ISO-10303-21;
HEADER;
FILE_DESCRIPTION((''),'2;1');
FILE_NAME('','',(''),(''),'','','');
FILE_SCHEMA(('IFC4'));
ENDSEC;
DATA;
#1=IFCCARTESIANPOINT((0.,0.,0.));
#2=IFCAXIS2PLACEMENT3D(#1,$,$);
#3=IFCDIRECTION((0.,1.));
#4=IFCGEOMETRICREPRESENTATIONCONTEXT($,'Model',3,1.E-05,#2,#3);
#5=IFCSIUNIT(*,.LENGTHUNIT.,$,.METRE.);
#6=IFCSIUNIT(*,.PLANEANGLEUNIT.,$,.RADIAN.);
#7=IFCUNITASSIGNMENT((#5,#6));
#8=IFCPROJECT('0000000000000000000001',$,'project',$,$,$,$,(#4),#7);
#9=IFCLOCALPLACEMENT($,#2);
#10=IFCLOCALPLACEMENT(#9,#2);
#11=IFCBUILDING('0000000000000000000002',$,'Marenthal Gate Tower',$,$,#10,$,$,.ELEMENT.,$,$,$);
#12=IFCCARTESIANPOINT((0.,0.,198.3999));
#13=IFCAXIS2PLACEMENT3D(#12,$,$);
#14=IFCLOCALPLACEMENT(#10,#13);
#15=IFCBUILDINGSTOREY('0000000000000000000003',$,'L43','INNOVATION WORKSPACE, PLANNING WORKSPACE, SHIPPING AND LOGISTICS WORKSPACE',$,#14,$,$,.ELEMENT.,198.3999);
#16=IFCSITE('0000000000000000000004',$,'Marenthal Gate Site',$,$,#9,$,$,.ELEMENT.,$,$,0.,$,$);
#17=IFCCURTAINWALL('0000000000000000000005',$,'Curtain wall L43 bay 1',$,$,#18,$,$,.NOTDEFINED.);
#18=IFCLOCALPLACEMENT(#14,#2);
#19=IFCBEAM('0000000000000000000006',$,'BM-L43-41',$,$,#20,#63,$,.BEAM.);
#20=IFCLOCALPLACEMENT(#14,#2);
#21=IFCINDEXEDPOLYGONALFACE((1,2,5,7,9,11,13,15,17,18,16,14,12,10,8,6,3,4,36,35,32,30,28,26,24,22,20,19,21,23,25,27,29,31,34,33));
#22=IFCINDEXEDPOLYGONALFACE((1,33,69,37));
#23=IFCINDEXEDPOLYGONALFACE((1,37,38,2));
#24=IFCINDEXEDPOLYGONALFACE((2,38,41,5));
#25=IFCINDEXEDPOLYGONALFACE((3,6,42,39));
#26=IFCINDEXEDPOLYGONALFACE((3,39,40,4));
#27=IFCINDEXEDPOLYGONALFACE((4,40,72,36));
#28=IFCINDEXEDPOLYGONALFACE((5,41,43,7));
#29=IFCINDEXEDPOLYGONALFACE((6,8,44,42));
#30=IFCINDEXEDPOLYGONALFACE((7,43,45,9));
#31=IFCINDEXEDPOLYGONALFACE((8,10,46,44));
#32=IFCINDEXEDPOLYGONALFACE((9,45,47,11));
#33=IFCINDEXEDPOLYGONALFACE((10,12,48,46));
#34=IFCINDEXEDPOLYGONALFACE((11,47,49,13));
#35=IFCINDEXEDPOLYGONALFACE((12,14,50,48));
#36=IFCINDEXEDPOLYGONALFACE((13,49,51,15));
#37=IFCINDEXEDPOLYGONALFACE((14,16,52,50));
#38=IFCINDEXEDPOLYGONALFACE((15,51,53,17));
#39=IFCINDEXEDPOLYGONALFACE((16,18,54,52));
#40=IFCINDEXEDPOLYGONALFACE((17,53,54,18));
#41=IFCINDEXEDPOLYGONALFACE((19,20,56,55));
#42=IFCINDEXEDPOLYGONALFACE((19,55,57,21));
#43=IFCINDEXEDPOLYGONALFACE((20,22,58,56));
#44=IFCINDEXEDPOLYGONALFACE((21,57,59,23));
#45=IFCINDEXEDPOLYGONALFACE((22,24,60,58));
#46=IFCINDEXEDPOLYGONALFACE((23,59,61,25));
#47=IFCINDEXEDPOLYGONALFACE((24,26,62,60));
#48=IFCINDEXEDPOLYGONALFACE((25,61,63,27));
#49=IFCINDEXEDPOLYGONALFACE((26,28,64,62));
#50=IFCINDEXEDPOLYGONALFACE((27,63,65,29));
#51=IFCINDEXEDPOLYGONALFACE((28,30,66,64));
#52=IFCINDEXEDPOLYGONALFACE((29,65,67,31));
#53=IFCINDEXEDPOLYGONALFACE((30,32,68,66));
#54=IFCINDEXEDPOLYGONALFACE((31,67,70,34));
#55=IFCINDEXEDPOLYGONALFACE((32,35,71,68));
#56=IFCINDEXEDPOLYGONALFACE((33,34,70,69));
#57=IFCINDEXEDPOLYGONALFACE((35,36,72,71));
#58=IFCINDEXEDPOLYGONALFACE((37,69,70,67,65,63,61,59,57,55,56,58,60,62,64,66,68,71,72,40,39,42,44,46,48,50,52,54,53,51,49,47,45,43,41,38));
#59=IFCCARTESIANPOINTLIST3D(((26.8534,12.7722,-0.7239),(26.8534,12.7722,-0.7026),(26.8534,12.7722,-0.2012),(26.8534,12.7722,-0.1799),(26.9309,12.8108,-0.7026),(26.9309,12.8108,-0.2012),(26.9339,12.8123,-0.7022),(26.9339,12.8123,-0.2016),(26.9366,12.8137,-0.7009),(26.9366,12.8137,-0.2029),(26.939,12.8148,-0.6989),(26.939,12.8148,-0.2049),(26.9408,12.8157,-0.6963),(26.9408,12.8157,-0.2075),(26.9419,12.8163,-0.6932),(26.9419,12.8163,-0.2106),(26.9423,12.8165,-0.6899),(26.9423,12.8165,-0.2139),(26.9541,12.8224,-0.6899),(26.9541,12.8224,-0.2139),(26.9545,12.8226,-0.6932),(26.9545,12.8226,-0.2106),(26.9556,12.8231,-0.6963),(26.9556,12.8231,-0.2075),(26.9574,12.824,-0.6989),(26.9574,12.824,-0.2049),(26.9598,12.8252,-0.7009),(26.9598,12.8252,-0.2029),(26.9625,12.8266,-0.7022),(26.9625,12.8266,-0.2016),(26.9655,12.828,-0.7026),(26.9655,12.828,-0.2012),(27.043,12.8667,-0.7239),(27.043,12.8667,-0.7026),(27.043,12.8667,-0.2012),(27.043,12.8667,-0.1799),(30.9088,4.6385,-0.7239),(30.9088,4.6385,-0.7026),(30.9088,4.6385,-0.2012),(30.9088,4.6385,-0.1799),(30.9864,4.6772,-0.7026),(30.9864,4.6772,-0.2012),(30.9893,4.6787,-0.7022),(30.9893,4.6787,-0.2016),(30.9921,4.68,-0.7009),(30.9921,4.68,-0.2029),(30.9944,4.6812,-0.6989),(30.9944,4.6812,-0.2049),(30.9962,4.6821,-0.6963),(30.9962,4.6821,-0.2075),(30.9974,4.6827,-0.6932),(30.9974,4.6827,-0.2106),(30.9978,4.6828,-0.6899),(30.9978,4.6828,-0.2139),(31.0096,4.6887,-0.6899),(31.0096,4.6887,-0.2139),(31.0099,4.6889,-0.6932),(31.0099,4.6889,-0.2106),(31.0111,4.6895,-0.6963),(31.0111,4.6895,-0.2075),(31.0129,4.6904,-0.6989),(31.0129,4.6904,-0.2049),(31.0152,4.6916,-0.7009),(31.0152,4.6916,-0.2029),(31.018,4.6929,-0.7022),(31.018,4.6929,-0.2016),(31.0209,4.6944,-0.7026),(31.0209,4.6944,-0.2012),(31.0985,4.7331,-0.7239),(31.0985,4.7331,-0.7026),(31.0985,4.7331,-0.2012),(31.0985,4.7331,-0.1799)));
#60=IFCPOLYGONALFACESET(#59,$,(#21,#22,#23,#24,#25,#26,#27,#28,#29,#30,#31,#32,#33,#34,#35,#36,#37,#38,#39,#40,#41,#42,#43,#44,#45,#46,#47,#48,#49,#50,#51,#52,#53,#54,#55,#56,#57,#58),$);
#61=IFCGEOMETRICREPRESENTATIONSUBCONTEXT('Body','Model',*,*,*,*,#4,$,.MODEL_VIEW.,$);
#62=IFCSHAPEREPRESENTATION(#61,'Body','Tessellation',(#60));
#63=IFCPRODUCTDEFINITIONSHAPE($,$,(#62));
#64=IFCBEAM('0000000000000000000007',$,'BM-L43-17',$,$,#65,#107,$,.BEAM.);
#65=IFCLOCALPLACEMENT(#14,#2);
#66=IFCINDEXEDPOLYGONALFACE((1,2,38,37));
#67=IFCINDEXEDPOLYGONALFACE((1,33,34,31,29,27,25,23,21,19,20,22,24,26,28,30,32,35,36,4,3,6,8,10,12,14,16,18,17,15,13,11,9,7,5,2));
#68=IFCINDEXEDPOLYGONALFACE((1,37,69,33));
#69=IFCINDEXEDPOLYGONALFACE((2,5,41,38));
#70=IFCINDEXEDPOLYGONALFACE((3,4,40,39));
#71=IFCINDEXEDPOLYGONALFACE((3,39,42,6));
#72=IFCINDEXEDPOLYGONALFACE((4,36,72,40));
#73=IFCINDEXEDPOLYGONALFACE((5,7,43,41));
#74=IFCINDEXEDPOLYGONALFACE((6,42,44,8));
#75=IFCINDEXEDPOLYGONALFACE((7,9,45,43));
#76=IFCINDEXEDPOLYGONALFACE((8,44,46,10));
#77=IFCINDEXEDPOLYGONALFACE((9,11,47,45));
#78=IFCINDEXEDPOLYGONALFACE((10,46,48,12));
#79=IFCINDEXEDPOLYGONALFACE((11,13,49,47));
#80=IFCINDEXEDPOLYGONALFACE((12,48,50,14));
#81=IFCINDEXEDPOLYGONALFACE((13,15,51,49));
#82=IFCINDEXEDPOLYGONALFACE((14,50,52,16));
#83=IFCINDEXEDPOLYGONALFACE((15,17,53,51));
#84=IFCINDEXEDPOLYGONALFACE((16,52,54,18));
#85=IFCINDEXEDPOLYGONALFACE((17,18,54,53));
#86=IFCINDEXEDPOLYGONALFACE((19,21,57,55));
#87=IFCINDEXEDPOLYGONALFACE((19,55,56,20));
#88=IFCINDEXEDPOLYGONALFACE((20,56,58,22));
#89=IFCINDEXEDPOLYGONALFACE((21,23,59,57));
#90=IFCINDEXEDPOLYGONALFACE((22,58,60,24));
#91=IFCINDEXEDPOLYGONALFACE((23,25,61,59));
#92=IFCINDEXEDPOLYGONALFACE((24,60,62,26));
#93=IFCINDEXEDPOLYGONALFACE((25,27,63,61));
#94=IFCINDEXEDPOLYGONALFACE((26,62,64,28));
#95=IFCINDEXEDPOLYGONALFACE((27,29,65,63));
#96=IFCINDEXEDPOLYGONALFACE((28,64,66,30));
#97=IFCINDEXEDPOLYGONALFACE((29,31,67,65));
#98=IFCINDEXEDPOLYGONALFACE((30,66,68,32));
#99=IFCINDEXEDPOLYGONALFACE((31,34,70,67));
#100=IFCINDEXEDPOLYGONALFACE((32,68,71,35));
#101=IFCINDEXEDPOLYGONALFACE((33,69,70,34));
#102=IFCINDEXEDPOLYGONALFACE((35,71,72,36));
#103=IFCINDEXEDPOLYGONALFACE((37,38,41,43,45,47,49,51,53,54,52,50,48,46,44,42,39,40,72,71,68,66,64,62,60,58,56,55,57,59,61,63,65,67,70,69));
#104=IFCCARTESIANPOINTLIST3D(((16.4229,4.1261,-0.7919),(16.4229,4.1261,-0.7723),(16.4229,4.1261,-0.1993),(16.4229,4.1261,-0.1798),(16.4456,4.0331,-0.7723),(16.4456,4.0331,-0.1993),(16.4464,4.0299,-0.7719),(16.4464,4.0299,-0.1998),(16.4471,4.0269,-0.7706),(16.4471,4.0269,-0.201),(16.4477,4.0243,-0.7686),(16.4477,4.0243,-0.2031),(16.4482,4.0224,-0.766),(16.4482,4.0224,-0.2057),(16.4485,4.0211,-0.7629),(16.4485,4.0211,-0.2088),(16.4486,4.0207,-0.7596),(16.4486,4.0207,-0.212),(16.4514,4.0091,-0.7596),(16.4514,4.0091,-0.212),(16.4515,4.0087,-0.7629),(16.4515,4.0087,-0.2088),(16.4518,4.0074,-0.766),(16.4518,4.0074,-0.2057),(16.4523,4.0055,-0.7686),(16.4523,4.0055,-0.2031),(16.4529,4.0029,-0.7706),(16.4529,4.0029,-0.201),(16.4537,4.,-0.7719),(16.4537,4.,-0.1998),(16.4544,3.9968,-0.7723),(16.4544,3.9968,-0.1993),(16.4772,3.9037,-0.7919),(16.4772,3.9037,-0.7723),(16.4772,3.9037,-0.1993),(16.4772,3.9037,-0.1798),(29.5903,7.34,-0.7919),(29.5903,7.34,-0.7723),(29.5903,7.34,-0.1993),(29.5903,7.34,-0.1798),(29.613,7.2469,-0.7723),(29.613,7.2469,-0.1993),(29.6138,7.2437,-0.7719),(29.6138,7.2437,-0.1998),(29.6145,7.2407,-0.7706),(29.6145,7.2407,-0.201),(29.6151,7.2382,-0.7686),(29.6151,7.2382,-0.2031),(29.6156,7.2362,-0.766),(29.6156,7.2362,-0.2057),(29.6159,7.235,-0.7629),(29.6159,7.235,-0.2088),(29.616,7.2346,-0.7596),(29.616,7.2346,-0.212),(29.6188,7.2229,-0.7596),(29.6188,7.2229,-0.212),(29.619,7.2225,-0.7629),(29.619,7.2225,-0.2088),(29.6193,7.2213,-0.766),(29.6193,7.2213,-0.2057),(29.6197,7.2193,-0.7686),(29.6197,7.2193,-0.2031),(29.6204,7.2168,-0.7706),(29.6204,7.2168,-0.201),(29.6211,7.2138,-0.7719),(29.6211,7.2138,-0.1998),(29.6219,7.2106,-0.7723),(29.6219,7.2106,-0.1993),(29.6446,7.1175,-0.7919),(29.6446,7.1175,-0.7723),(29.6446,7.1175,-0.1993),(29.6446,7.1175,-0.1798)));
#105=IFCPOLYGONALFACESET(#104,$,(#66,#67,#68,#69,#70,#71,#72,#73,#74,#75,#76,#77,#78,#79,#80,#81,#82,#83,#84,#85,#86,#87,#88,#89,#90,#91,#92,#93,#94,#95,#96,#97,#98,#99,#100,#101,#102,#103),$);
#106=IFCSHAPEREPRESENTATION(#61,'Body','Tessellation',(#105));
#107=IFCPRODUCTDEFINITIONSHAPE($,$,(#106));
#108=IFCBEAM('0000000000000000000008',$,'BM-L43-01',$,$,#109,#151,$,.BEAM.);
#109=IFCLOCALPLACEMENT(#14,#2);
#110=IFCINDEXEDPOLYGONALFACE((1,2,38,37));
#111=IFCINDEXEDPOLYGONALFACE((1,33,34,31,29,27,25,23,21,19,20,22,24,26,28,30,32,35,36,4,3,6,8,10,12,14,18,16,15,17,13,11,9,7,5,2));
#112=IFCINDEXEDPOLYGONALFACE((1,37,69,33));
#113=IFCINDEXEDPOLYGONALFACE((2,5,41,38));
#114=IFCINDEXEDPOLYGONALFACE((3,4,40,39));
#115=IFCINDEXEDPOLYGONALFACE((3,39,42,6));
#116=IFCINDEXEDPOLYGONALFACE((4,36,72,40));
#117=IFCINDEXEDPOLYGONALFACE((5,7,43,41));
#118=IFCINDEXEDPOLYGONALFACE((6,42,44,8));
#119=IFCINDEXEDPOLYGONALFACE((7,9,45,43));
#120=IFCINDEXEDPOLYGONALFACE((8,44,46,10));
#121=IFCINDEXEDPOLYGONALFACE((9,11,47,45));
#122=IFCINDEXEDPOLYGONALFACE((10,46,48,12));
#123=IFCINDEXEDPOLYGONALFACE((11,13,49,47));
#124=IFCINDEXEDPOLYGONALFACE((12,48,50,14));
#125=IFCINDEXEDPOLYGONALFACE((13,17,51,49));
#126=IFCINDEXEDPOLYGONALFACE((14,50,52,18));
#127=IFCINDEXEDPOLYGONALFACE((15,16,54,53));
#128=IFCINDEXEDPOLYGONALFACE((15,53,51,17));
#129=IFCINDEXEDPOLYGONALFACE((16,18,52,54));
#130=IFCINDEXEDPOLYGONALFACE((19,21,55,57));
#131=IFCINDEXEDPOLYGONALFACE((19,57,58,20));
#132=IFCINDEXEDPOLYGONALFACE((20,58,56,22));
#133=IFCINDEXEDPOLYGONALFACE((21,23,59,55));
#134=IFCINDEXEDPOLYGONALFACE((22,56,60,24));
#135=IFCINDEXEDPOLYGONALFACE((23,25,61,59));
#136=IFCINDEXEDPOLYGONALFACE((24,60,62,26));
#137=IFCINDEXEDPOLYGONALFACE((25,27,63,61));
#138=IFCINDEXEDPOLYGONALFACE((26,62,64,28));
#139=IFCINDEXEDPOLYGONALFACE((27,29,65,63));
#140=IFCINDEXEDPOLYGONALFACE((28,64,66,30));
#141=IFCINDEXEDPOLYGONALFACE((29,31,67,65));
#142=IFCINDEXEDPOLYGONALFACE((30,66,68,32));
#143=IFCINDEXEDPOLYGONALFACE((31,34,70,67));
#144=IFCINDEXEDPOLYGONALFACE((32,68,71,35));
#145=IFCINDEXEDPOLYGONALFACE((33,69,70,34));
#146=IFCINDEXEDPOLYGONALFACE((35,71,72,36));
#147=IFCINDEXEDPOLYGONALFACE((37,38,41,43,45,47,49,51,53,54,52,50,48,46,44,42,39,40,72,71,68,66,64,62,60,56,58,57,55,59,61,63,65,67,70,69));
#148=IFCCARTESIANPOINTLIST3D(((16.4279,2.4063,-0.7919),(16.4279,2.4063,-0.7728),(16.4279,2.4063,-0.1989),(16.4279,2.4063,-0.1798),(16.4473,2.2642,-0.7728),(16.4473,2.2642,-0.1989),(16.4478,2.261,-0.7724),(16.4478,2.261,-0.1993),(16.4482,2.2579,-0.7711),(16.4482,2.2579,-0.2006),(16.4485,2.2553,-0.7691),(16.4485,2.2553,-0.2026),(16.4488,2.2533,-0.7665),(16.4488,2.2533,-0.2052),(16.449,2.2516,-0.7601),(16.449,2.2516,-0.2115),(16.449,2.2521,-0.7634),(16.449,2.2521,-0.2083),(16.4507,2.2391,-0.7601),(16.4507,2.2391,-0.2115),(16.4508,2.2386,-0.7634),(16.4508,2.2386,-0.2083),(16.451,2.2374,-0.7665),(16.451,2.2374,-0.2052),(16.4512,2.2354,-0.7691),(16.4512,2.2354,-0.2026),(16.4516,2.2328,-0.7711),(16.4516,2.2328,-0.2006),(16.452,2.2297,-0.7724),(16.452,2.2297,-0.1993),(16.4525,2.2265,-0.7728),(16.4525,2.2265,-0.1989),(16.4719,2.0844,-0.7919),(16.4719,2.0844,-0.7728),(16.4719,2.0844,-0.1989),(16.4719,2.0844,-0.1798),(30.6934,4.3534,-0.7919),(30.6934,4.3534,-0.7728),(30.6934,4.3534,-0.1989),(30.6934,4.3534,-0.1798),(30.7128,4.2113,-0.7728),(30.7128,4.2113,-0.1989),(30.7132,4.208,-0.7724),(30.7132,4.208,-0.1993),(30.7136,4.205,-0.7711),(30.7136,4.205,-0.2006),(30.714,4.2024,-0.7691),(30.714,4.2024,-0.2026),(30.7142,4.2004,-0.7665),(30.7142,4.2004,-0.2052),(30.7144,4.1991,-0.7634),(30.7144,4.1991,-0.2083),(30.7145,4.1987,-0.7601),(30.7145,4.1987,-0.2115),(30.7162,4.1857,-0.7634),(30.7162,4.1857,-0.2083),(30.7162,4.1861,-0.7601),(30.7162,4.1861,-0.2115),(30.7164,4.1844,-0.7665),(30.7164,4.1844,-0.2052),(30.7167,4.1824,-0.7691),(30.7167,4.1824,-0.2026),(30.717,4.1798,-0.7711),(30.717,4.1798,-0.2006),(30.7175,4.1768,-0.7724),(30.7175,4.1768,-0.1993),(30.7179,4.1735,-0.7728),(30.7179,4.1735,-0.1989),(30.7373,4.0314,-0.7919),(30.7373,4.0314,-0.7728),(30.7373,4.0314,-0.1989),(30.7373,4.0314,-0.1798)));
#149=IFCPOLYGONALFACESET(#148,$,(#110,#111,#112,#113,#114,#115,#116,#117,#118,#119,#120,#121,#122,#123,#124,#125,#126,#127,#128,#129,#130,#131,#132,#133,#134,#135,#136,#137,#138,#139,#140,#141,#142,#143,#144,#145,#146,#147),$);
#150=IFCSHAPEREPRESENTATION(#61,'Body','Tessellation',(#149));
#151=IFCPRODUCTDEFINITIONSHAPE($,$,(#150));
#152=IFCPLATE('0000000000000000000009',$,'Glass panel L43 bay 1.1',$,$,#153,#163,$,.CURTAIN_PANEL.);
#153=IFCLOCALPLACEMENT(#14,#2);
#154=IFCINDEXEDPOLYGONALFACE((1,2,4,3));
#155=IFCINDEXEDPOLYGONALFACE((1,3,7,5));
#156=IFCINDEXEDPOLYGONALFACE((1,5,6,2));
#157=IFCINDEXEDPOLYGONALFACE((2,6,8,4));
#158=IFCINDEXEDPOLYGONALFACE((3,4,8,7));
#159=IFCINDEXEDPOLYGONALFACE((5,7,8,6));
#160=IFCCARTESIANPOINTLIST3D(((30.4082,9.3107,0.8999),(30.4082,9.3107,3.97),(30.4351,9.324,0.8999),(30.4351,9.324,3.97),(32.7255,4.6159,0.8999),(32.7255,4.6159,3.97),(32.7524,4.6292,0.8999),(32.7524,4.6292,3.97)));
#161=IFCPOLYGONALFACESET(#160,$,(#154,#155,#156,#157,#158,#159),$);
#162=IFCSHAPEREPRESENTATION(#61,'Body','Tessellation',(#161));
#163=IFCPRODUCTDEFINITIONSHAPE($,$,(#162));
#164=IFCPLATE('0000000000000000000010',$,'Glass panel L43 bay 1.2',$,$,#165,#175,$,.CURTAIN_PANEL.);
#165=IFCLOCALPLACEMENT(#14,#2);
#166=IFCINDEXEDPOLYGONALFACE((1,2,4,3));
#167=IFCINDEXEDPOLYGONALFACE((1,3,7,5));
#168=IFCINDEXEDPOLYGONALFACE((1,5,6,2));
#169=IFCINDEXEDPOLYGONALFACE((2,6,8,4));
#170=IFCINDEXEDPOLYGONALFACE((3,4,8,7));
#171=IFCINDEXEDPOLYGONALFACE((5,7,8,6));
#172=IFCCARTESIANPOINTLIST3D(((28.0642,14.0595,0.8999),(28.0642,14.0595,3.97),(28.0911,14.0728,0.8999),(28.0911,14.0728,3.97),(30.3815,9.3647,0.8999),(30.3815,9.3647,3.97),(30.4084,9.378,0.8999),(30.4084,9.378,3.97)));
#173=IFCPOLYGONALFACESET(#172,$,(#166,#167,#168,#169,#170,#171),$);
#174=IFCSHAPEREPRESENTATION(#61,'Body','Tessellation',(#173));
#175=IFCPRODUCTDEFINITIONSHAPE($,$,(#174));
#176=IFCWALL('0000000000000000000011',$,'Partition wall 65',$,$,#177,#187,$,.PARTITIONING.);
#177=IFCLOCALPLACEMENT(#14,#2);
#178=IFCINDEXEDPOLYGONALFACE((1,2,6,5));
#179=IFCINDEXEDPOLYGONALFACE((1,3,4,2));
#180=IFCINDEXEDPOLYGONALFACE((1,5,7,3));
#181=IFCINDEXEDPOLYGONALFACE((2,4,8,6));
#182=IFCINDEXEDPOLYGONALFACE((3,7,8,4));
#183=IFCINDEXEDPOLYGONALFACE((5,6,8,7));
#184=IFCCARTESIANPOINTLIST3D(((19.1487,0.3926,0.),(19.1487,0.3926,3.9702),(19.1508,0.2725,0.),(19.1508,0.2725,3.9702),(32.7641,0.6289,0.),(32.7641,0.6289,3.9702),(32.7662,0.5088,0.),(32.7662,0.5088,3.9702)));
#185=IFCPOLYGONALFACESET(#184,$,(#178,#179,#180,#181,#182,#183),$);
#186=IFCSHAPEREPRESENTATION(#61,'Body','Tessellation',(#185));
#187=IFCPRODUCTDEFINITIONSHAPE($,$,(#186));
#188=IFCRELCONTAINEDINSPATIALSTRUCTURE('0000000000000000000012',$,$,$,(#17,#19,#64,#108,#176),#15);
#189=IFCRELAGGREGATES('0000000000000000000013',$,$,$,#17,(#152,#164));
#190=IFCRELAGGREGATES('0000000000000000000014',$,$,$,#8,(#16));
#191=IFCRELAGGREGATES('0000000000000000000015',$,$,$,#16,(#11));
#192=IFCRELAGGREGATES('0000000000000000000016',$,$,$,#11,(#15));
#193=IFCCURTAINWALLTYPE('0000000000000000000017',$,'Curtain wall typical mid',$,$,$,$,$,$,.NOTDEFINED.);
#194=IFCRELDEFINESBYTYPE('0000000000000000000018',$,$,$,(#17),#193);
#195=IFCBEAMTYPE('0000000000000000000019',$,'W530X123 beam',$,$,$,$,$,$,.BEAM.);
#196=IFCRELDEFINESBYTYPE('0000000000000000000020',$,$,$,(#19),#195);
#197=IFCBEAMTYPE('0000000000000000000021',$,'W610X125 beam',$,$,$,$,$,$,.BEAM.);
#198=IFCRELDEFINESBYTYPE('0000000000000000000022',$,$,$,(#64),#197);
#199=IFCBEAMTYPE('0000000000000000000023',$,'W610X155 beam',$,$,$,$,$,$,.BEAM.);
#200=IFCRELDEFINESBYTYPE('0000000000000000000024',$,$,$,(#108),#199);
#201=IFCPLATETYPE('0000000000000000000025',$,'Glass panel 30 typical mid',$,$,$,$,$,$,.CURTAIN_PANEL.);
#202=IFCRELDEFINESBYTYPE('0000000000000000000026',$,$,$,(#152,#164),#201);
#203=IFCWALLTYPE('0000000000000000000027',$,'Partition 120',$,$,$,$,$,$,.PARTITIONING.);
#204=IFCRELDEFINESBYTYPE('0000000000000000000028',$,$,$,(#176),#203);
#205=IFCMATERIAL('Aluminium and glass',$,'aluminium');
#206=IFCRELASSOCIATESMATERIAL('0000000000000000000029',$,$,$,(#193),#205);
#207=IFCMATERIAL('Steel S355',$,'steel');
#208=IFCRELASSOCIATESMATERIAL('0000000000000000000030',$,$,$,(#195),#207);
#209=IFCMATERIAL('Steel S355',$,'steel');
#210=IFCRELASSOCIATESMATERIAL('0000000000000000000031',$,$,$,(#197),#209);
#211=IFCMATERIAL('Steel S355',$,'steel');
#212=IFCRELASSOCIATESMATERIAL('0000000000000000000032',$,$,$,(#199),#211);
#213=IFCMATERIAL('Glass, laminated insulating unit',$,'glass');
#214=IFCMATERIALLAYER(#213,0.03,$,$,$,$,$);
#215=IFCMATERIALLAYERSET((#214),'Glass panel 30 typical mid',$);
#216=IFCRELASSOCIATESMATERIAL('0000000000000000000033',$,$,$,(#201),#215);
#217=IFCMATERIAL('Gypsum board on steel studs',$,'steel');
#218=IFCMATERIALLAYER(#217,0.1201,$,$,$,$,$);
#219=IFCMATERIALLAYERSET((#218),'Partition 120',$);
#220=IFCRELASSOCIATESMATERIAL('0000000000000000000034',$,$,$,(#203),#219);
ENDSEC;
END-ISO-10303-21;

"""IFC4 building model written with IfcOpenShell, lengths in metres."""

from ifc_helpers import new_model, si_unit, direction, frame, frame_2d, origin, origin_2d, place, context, subcontext, project, spatial, rectangle, i_section, extrude, material, layer, layer_set, material_profile, profile_set, type_object, element, aggregate, save


model = new_model("IFC4")

# Units and contexts
model_context = context("Model", 3, precision=1e-05, world=origin(), true_north=direction((0.0, 1.0)))
body_context = subcontext(model_context, "Body", "Model", "MODEL_VIEW")
ifc_project = project(units=[si_unit("LENGTHUNIT", "METRE"), si_unit("PLANEANGLEUNIT", "RADIAN")], contexts=[model_context])

# Site, building, storey
site_placement = place(None, origin())
site = spatial("IfcSite", under=ifc_project, at=site_placement, Name="Marenthal Gate Site", CompositionType="ELEMENT", RefElevation=0.0)
building_placement = place(site_placement, origin())
building = spatial("IfcBuilding", under=site, at=building_placement, Name="Marenthal Gate Tower", CompositionType="ELEMENT")
storey_placement = place(building_placement, frame((0.0, 0.0, 198.3999)))
storey = spatial("IfcBuildingStorey", under=building, at=storey_placement, Name="L43", Description="INNOVATION WORKSPACE, PLANNING WORKSPACE, SHIPPING AND LOGISTICS WORKSPACE", CompositionType="ELEMENT", Elevation=198.3999)

# Curtain wall
ifc_material_1 = material(Name="Aluminium and glass", Category="aluminium")
curtain_wall_type = type_object("IfcCurtainWallType", Name="Curtain wall typical mid", PredefinedType="NOTDEFINED", material=ifc_material_1)
curtain_wall_placement = place(storey_placement, origin())
curtain_wall = element("IfcCurtainWall", 1, at=curtain_wall_placement, inside=storey, type_object=curtain_wall_type, Name="Curtain wall L43 bay 1", PredefinedType="NOTDEFINED")

# Beams
ifc_material_2 = material(Name="Steel S355", Category="steel")
ifc_material_profile_1 = material_profile(ifc_material_2, i_section(OverallWidth=0.2119, OverallDepth=0.5439, WebThickness=0.0132, FlangeThickness=0.0212, FilletRadius=0.0127, at=origin_2d()), Name="W530X123")
ifc_profile_set_1 = profile_set([ifc_material_profile_1], Name="Steel S355")
beam_type_1 = type_object("IfcBeamType", Name="W530X123 beam", PredefinedType="BEAM", material=ifc_profile_set_1)
beam_1_placement = place(storey_placement, frame((31.0037, 4.6858, -0.4519), z_axis=(-0.446214, 0.894926, 0.0), x_axis=(-0.894926, -0.446214, 0.0)))
element("IfcBeam", 2, at=beam_1_placement, inside=storey, type_object=beam_type_1, Name="BM-L43-41", PredefinedType="BEAM", context=body_context, shape_type="SweptSolid", body=[
    extrude(i_section(OverallWidth=0.2119, OverallDepth=0.5439, WebThickness=0.0132, FlangeThickness=0.0212, FilletRadius=0.0127, at=origin_2d()), origin(), (0.0, 0.0, 1.0), 9.0886),
])
ifc_material_3 = material(Name="Steel S355", Category="steel")
ifc_material_profile_2 = material_profile(ifc_material_3, i_section(OverallWidth=0.229, OverallDepth=0.6121, WebThickness=0.012, FlangeThickness=0.0195, FilletRadius=0.0127, at=origin_2d()), Name="W610X125")
ifc_profile_set_2 = profile_set([ifc_material_profile_2], Name="Steel S355")
beam_type_2 = type_object("IfcBeamType", Name="W610X125 beam", PredefinedType="BEAM", material=ifc_profile_set_2)
beam_2_placement = place(storey_placement, frame((29.6174, 7.2288, -0.4858), z_axis=(-0.971481, -0.237115, 0.0), x_axis=(0.237115, -0.971481, 0.0)))
element("IfcBeam", 3, at=beam_2_placement, inside=storey, type_object=beam_type_2, Name="BM-L43-17", PredefinedType="BEAM", context=body_context, shape_type="SweptSolid", body=[
    extrude(i_section(OverallWidth=0.229, OverallDepth=0.6121, WebThickness=0.012, FlangeThickness=0.0195, FilletRadius=0.0127, at=origin_2d()), origin(), (0.0, 0.0, 1.0), 13.554),
])
ifc_material_4 = material(Name="Steel S355", Category="steel")
ifc_material_profile_3 = material_profile(ifc_material_4, i_section(OverallWidth=0.325, OverallDepth=0.6121, WebThickness=0.0127, FlangeThickness=0.019, FilletRadius=0.0127, at=origin_2d()), Name="W610X155")
ifc_profile_set_3 = profile_set([ifc_material_profile_3], Name="Steel S355")
beam_type_3 = type_object("IfcBeamType", Name="W610X155 beam", PredefinedType="BEAM", material=ifc_profile_set_3)
beam_3_placement = place(storey_placement, frame((30.7153, 4.1924, -0.4858), z_axis=(-0.990814, -0.135232, 0.0), x_axis=(0.135232, -0.990814, 0.0)))
element("IfcBeam", 4, at=beam_3_placement, inside=storey, type_object=beam_type_3, Name="BM-L43-01", PredefinedType="BEAM", context=body_context, shape_type="SweptSolid", body=[
    extrude(i_section(OverallWidth=0.325, OverallDepth=0.6121, WebThickness=0.0127, FlangeThickness=0.019, FilletRadius=0.0127, at=origin_2d()), origin(), (0.0, 0.0, 1.0), 14.3977),
])

# Plates
ifc_material_5 = material(Name="Glass, laminated insulating unit", Category="glass")
ifc_layer_1 = layer(ifc_material_5, 0.03)
ifc_layer_set_1 = layer_set([ifc_layer_1], Name="Glass panel 30 typical mid")
plate_type = type_object("IfcPlateType", Name="Glass panel 30 typical mid", PredefinedType="CURTAIN_PANEL", material=ifc_layer_set_1)
plate_1_placement = place(storey_placement, frame((31.5803, 6.97, 0.8999), z_axis=(0.0, 0.0, 1.0), x_axis=(-0.442607, 0.896716, 0.0)))
plate_1 = element("IfcPlate", 5, at=plate_1_placement, type_object=plate_type, Name="Glass panel L43 bay 1.1", PredefinedType="CURTAIN_PANEL", context=body_context, shape_type="SweptSolid", body=[
    extrude(rectangle(XDim=5.2356, YDim=0.03, at=origin_2d()), origin(), (0.0, 0.0, 1.0), 3.0701),
])
plate_2_placement = place(storey_placement, frame((29.2363, 11.7188, 0.8999), z_axis=(0.0, 0.0, 1.0), x_axis=(-0.442607, 0.896716, 0.0)))
plate_2 = element("IfcPlate", 6, at=plate_2_placement, type_object=plate_type, Name="Glass panel L43 bay 1.2", PredefinedType="CURTAIN_PANEL", context=body_context, shape_type="SweptSolid", body=[
    extrude(rectangle(XDim=5.2356, YDim=0.03, at=origin_2d()), origin(), (0.0, 0.0, 1.0), 3.0701),
])
aggregate(curtain_wall, [plate_1, plate_2])

# Wall
ifc_material_6 = material(Name="Gypsum board on steel studs", Category="steel")
ifc_layer_2 = layer(ifc_material_6, 0.1201)
ifc_layer_set_2 = layer_set([ifc_layer_2], Name="Partition 120")
wall_type_1 = type_object("IfcWallType", Name="Partition 120", PredefinedType="PARTITIONING", material=ifc_layer_set_2)
wall_1_placement = place(storey_placement, frame((19.1499, 0.3325, 0.0), z_axis=(0.0, 0.0, 1.0), x_axis=(0.999849, 0.017355, 0.0)))
element("IfcWall", 7, at=wall_1_placement, inside=storey, type_object=wall_type_1, Name="Partition wall 65", PredefinedType="PARTITIONING", context=body_context, shape_type="SweptSolid", body=[
    extrude(rectangle(XDim=13.6174, YDim=0.1201, at=frame_2d((6.8086, 0.0))), origin(), (0.0, 0.0, 1.0), 3.9702),
])

save(model, "model.ifc")
